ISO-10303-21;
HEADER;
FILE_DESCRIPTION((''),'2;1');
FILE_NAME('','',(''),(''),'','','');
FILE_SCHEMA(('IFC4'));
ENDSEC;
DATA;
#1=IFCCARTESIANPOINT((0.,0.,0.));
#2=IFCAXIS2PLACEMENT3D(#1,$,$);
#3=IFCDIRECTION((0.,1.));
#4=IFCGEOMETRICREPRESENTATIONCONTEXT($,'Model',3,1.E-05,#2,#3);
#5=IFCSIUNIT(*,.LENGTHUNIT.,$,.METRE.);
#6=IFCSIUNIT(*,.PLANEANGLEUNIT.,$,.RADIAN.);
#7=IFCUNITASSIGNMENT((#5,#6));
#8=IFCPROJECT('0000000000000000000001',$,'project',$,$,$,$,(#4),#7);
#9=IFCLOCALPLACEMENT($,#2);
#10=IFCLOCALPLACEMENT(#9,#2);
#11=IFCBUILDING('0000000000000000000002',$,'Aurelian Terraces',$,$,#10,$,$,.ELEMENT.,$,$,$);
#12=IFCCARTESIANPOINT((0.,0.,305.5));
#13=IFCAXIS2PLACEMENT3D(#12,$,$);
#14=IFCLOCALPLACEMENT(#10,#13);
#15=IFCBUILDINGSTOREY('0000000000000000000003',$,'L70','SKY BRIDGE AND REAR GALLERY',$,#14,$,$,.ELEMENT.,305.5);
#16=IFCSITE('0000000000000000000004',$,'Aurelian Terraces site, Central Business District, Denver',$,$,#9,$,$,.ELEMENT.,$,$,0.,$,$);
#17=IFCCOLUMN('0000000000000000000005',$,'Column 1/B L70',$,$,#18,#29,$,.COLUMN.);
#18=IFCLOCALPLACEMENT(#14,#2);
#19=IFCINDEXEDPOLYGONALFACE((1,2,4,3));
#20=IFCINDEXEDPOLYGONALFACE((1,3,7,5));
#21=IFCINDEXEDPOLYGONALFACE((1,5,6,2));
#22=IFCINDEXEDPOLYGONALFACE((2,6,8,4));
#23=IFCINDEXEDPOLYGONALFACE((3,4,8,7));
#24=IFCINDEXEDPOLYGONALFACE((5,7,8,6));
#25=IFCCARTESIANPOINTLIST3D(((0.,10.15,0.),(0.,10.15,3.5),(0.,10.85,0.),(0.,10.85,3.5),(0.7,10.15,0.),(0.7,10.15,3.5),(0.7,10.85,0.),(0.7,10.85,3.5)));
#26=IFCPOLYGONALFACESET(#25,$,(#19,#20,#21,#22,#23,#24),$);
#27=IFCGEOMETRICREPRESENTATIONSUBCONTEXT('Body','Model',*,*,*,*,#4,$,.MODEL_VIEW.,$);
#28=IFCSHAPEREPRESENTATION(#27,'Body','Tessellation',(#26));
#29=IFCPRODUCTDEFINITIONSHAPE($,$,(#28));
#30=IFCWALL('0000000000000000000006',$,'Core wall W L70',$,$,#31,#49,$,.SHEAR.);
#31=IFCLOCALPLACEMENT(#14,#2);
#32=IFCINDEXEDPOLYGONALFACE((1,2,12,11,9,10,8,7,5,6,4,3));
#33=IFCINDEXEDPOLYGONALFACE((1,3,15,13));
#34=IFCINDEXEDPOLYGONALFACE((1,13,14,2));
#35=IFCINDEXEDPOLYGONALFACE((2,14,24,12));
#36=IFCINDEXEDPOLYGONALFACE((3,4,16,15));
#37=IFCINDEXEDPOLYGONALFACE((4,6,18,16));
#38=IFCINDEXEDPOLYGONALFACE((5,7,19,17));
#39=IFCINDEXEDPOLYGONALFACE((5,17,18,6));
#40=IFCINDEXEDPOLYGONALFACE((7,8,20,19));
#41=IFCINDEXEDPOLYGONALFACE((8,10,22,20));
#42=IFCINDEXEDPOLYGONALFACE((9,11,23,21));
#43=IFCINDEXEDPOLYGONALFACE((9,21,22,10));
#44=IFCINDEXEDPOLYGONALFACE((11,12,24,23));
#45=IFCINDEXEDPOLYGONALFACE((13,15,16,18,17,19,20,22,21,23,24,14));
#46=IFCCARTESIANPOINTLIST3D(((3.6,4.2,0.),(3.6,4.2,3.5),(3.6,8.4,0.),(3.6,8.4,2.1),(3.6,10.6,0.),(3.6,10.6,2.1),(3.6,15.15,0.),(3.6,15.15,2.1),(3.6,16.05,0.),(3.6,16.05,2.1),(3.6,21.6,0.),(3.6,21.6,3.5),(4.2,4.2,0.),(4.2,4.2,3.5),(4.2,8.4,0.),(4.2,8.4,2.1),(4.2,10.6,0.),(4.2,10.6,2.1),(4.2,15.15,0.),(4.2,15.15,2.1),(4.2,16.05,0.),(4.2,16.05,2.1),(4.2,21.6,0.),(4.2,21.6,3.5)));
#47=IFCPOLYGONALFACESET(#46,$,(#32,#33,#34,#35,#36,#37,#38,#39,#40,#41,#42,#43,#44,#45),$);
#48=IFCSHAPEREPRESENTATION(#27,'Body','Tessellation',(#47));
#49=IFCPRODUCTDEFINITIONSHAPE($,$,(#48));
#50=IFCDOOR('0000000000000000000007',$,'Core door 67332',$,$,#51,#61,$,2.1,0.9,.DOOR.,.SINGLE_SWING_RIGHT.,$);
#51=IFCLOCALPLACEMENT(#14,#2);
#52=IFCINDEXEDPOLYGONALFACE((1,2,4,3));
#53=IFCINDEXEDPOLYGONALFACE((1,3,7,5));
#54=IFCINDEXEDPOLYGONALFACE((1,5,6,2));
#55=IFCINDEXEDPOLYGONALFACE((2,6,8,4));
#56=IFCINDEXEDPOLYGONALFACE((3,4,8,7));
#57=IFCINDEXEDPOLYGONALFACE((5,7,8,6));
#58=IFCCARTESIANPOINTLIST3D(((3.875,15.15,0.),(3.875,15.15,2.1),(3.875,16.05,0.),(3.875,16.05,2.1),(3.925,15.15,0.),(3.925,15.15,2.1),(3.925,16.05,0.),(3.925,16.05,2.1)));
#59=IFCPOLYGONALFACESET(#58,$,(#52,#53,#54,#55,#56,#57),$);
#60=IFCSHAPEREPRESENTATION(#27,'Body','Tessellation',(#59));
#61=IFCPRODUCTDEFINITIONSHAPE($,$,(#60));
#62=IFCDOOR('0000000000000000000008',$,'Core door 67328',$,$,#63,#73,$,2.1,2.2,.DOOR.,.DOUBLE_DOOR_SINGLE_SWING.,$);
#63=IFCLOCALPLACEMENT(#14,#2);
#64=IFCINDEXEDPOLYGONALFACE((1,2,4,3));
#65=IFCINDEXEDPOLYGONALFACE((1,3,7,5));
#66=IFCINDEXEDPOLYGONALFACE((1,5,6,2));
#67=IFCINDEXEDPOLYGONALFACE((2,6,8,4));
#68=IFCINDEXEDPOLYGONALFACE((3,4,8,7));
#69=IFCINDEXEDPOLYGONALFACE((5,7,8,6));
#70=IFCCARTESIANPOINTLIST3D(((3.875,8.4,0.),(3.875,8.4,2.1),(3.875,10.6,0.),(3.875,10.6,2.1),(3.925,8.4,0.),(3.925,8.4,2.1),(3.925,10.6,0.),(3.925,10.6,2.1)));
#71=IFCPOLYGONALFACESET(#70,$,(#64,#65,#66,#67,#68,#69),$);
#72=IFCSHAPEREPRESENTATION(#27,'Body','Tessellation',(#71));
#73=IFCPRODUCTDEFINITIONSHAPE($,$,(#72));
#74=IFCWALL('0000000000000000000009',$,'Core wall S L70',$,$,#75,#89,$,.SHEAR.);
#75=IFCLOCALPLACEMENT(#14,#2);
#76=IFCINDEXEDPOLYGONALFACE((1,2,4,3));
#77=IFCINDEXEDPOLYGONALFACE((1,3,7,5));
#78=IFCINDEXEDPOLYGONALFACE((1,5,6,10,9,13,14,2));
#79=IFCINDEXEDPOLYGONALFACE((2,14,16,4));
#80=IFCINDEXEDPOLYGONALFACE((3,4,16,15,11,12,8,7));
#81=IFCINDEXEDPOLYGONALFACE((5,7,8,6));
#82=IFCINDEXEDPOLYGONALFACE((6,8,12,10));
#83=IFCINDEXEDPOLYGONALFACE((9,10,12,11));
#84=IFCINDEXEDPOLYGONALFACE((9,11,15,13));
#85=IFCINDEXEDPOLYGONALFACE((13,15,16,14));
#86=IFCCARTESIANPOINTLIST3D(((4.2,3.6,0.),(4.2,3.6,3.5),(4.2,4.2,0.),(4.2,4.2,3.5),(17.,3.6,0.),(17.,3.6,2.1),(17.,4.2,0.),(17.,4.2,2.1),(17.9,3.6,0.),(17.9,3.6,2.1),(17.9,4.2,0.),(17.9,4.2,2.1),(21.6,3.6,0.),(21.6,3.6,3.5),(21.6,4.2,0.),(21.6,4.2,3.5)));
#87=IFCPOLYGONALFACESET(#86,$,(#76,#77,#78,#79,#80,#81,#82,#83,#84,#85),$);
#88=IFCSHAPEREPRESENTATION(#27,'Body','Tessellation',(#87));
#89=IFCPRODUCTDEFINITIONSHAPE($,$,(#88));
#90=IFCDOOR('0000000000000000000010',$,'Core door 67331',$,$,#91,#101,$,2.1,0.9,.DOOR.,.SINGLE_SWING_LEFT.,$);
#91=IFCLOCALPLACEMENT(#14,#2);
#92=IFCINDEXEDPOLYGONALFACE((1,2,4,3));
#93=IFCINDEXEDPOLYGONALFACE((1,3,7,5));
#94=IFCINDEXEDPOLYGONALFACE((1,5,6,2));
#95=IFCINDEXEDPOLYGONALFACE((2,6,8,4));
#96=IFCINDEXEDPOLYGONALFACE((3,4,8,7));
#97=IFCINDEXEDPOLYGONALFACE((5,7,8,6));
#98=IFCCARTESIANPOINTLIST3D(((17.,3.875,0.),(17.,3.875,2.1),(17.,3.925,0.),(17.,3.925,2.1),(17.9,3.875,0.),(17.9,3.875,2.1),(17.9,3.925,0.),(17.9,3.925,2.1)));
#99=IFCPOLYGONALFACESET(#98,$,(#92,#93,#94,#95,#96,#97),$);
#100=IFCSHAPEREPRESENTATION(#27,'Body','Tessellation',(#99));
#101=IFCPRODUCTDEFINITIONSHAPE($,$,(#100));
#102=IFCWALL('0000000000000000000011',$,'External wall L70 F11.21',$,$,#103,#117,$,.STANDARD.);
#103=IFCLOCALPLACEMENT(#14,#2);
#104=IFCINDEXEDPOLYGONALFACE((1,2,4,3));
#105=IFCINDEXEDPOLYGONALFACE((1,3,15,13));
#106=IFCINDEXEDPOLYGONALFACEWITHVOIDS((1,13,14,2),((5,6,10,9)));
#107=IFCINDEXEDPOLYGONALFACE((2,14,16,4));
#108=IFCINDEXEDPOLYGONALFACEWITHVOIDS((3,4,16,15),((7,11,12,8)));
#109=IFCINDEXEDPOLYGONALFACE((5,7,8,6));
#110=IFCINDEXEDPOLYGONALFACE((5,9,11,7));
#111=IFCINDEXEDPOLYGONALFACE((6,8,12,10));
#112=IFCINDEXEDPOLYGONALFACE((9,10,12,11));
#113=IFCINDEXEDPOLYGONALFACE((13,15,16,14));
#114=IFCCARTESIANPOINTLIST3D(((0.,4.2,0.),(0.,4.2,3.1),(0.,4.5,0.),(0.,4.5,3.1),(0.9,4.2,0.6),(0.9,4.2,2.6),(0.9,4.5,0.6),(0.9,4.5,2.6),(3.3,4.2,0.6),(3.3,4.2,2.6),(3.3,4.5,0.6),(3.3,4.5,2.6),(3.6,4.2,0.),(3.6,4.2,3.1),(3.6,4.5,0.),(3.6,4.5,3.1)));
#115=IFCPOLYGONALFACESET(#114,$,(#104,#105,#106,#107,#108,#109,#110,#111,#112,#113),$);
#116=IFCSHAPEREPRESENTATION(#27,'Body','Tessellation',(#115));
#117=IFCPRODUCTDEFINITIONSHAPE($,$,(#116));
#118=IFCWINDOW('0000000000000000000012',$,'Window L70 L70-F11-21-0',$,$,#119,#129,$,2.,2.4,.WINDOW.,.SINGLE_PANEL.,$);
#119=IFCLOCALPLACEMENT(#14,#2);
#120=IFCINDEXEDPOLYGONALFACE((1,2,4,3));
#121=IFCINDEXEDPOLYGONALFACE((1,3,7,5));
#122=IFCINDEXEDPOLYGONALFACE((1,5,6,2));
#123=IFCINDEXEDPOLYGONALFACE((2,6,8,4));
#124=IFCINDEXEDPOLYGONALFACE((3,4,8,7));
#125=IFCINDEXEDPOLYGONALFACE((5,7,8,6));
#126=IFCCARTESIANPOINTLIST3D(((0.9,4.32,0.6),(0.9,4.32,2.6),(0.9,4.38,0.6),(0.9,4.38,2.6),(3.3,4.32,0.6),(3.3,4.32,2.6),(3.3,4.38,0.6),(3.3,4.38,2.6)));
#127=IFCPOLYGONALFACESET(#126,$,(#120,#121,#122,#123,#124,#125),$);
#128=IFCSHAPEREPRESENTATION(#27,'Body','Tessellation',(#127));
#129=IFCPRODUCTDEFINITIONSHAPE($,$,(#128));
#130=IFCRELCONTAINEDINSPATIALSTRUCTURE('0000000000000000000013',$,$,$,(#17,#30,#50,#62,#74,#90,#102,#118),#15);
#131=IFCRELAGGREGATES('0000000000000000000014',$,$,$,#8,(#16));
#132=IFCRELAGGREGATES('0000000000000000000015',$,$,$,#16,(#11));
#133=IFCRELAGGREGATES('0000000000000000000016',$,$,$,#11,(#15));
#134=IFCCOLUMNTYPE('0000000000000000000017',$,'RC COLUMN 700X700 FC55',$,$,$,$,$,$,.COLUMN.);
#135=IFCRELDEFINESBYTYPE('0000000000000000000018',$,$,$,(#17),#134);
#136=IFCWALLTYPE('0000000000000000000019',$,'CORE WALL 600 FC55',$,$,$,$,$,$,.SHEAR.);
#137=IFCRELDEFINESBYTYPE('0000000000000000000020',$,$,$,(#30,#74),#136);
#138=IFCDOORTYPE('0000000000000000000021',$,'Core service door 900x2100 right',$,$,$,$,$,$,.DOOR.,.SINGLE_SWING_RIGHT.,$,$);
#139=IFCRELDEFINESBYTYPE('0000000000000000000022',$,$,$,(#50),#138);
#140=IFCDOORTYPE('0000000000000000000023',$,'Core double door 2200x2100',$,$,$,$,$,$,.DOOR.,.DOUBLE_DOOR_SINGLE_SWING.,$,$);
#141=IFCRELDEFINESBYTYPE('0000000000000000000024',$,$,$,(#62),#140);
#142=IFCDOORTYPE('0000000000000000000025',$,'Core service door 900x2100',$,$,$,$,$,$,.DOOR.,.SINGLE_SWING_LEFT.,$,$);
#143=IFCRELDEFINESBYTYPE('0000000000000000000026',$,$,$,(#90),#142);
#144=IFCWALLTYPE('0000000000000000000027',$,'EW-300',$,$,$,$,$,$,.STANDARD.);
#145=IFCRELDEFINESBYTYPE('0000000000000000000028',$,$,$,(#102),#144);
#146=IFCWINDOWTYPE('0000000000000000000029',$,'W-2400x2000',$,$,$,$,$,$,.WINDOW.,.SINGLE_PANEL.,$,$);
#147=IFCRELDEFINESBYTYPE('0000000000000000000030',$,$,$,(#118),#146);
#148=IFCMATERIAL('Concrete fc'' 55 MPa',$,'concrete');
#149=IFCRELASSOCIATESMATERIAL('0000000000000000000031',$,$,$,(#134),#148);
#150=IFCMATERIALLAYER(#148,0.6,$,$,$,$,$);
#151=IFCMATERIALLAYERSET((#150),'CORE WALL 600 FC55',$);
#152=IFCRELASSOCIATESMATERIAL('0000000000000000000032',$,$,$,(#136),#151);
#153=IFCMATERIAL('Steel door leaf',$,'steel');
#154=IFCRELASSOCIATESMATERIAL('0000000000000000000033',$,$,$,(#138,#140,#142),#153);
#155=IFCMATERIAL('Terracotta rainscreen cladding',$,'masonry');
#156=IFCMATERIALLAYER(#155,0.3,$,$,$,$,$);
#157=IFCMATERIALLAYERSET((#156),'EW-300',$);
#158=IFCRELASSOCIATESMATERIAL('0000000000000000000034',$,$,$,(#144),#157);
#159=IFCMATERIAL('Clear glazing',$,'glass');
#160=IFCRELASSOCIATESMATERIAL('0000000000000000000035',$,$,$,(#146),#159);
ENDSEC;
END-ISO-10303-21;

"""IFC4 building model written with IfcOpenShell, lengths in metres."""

from ifc_helpers import new_model, si_unit, direction, frame, frame_2d, origin, origin_2d, place, context, subcontext, project, spatial, rectangle, extrude, source, transform, mapped, material, layer, layer_set, material_profile, profile_set, type_object, element, fill, save


model = new_model("IFC4")

# Units and contexts
model_context = context("Model", 3, precision=1e-05, world=origin(), true_north=direction((0.0, 1.0)))
body_context = subcontext(model_context, "Body", "Model", "MODEL_VIEW")
ifc_project = project(units=[si_unit("LENGTHUNIT", "METRE"), si_unit("PLANEANGLEUNIT", "RADIAN")], contexts=[model_context])

# Site, building, storey
site_placement = place(None, origin())
site = spatial("IfcSite", under=ifc_project, at=site_placement, Name="Aurelian Terraces site, Central Business District, Denver", CompositionType="ELEMENT", RefElevation=0.0)
building_placement = place(site_placement, origin())
building = spatial("IfcBuilding", under=site, at=building_placement, Name="Aurelian Terraces", CompositionType="ELEMENT")
storey_placement = place(building_placement, frame((0.0, 0.0, 305.5)))
storey = spatial("IfcBuildingStorey", under=building, at=storey_placement, Name="L70", Description="SKY BRIDGE AND REAR GALLERY", CompositionType="ELEMENT", Elevation=305.5)

# Column
ifc_material_1 = material(Name="Concrete fc' 55 MPa", Category="concrete")
ifc_material_profile = material_profile(ifc_material_1, rectangle(XDim=0.7, YDim=0.7, at=origin_2d()))
ifc_profile_set = profile_set([ifc_material_profile], Name="Concrete fc' 55 MPa")
column_type = type_object("IfcColumnType", Name="RC COLUMN 700X700 FC55", PredefinedType="COLUMN", material=ifc_profile_set)
shared_shape_1 = source(origin(), body_context, "Body", "SweptSolid", [
    extrude(rectangle(XDim=0.7, YDim=0.7, at=origin_2d()), origin(), (0.0, 0.0, 1.0), 3.5),
])
column_placement = place(storey_placement, frame((0.35, 10.5, 0.0), z_axis=(0.0, 0.0, 1.0), x_axis=(1.0, 0.0, 0.0)))
element("IfcColumn", 1, at=column_placement, inside=storey, type_object=column_type, Name="Column 1/B L70", PredefinedType="COLUMN", context=body_context, shape_type="MappedRepresentation", body=[
    mapped(shared_shape_1, transform((0.0, 0.0, 0.0), scale=1.0)),
])

# Wall, openings, doors
ifc_layer_1 = layer(ifc_material_1, 0.6)
ifc_layer_set_1 = layer_set([ifc_layer_1], Name="CORE WALL 600 FC55")
wall_type_1 = type_object("IfcWallType", Name="CORE WALL 600 FC55", PredefinedType="SHEAR", material=ifc_layer_set_1)
shared_shape_2 = source(origin(), body_context, "Body", "SweptSolid", [
    extrude(rectangle(XDim=17.4, YDim=0.6, at=frame_2d((8.7, 0.0))), origin(), (0.0, 0.0, 1.0), 3.5),
])
wall_1_placement = place(storey_placement, frame((3.9, 4.2, 0.0), z_axis=(0.0, 0.0, 1.0), x_axis=(0.0, 1.0, 0.0)))
wall_1 = element("IfcWall", 2, at=wall_1_placement, inside=storey, type_object=wall_type_1, Name="Core wall W L70", PredefinedType="SHEAR", context=body_context, shape_type="MappedRepresentation", body=[
    mapped(shared_shape_2, transform((0.0, 0.0, 0.0), scale=1.0)),
])
shared_shape_3 = source(origin(), body_context, "Body", "SweptSolid", [
    extrude(rectangle(XDim=2.2, YDim=2.1, at=frame_2d((1.1, 1.05))), frame((0.0, 0.31, 0.0), z_axis=(0.0, -1.0, 0.0), x_axis=(1.0, 0.0, 0.0)), (0.0, 0.0, 1.0), 0.62),
])
opening_1_placement = place(wall_1_placement, frame((4.2, 0.0, 0.0)))
opening_1 = element("IfcOpeningElement", 3, at=opening_1_placement, cuts=wall_1, PredefinedType="OPENING", context=body_context, shape_type="MappedRepresentation", body=[
    mapped(shared_shape_3, transform((0.0, 0.0, 0.0), scale=1.0)),
])
shared_shape_4 = source(origin(), body_context, "Body", "SweptSolid", [
    extrude(rectangle(XDim=0.9, YDim=2.1, at=frame_2d((0.45, 1.05))), frame((0.0, 0.31, 0.0), z_axis=(0.0, -1.0, 0.0), x_axis=(1.0, 0.0, 0.0)), (0.0, 0.0, 1.0), 0.62),
])
opening_2_placement = place(wall_1_placement, frame((10.95, 0.0, 0.0)))
opening_2 = element("IfcOpeningElement", 4, at=opening_2_placement, cuts=wall_1, PredefinedType="OPENING", context=body_context, shape_type="MappedRepresentation", body=[
    mapped(shared_shape_4, transform((0.0, 0.0, 0.0), scale=1.0)),
])
ifc_material_2 = material(Name="Steel door leaf", Category="steel")
door_type_1 = type_object("IfcDoorType", Name="Core service door 900x2100 right", OperationType="SINGLE_SWING_RIGHT", PredefinedType="DOOR", material=ifc_material_2)
shared_shape_5 = source(origin(), body_context, "Body", "SweptSolid", [
    extrude(rectangle(XDim=0.9, YDim=2.1, at=frame_2d((0.45, 1.05))), frame((0.0, 0.025, 0.0), z_axis=(0.0, -1.0, 0.0), x_axis=(1.0, 0.0, 0.0)), (0.0, 0.0, 1.0), 0.05),
])
door_1_placement = place(opening_2_placement, origin())
door_1 = element("IfcDoor", 5, at=door_1_placement, inside=storey, type_object=door_type_1, Name="Core door 67332", OperationType="SINGLE_SWING_RIGHT", OverallHeight=2.1, OverallWidth=0.9, PredefinedType="DOOR", context=body_context, shape_type="MappedRepresentation", body=[
    mapped(shared_shape_5, transform((0.0, 0.0, 0.0), scale=1.0)),
])
fill(opening_2, door_1)
door_type_2 = type_object("IfcDoorType", Name="Core double door 2200x2100", OperationType="DOUBLE_DOOR_SINGLE_SWING", PredefinedType="DOOR", material=ifc_material_2)
shared_shape_6 = source(origin(), body_context, "Body", "SweptSolid", [
    extrude(rectangle(XDim=2.2, YDim=2.1, at=frame_2d((1.1, 1.05))), frame((0.0, 0.025, 0.0), z_axis=(0.0, -1.0, 0.0), x_axis=(1.0, 0.0, 0.0)), (0.0, 0.0, 1.0), 0.05),
])
door_2_placement = place(opening_1_placement, origin())
door_2 = element("IfcDoor", 6, at=door_2_placement, inside=storey, type_object=door_type_2, Name="Core door 67328", OperationType="DOUBLE_DOOR_SINGLE_SWING", OverallHeight=2.1, OverallWidth=2.2, PredefinedType="DOOR", context=body_context, shape_type="MappedRepresentation", body=[
    mapped(shared_shape_6, transform((0.0, 0.0, 0.0), scale=1.0)),
])
fill(opening_1, door_2)

# Wall, opening, door
wall_2_placement = place(storey_placement, frame((4.2, 3.9, 0.0), z_axis=(0.0, 0.0, 1.0), x_axis=(1.0, 0.0, 0.0)))
wall_2 = element("IfcWall", 7, at=wall_2_placement, inside=storey, type_object=wall_type_1, Name="Core wall S L70", PredefinedType="SHEAR", context=body_context, shape_type="MappedRepresentation", body=[
    mapped(shared_shape_2, transform((0.0, 0.0, 0.0), scale=1.0)),
])
opening_3_placement = place(wall_2_placement, frame((12.8, 0.0, 0.0)))
opening_3 = element("IfcOpeningElement", 8, at=opening_3_placement, cuts=wall_2, PredefinedType="OPENING", context=body_context, shape_type="MappedRepresentation", body=[
    mapped(shared_shape_4, transform((0.0, 0.0, 0.0), scale=1.0)),
])
door_type_3 = type_object("IfcDoorType", Name="Core service door 900x2100", OperationType="SINGLE_SWING_LEFT", PredefinedType="DOOR", material=ifc_material_2)
door_3_placement = place(opening_3_placement, origin())
door_3 = element("IfcDoor", 9, at=door_3_placement, inside=storey, type_object=door_type_3, Name="Core door 67331", OperationType="SINGLE_SWING_LEFT", OverallHeight=2.1, OverallWidth=0.9, PredefinedType="DOOR", context=body_context, shape_type="MappedRepresentation", body=[
    mapped(shared_shape_5, transform((0.0, 0.0, 0.0), scale=1.0)),
])
fill(opening_3, door_3)

# Wall, opening, window
ifc_material_3 = material(Name="Terracotta rainscreen cladding", Category="masonry")
ifc_layer_2 = layer(ifc_material_3, 0.3)
ifc_layer_set_2 = layer_set([ifc_layer_2], Name="EW-300")
wall_type_2 = type_object("IfcWallType", Name="EW-300", PredefinedType="STANDARD", material=ifc_layer_set_2)
shared_shape_7 = source(origin(), body_context, "Body", "SweptSolid", [
    extrude(rectangle(XDim=3.6, YDim=0.3, at=frame_2d((1.8, 0.0))), origin(), (0.0, 0.0, 1.0), 3.1),
])
wall_3_placement = place(storey_placement, frame((0.0, 4.35, 0.0), z_axis=(0.0, 0.0, 1.0), x_axis=(1.0, 0.0, 0.0)))
wall_3 = element("IfcWall", 10, at=wall_3_placement, inside=storey, type_object=wall_type_2, Name="External wall L70 F11.21", PredefinedType="STANDARD", context=body_context, shape_type="MappedRepresentation", body=[
    mapped(shared_shape_7, transform((0.0, 0.0, 0.0), scale=1.0)),
])
shared_shape_8 = source(origin(), body_context, "Body", "SweptSolid", [
    extrude(rectangle(XDim=2.4, YDim=2.0, at=frame_2d((1.2, 1.0))), frame((0.0, 0.16, 0.0), z_axis=(0.0, -1.0, 0.0), x_axis=(1.0, 0.0, 0.0)), (0.0, 0.0, 1.0), 0.32),
])
opening_4_placement = place(wall_3_placement, frame((0.9, 0.0, 0.6)))
opening_4 = element("IfcOpeningElement", 11, at=opening_4_placement, cuts=wall_3, PredefinedType="OPENING", context=body_context, shape_type="MappedRepresentation", body=[
    mapped(shared_shape_8, transform((0.0, 0.0, 0.0), scale=1.0)),
])
ifc_material_4 = material(Name="Clear glazing", Category="glass")
window_type_1 = type_object("IfcWindowType", Name="W-2400x2000", PartitioningType="SINGLE_PANEL", PredefinedType="WINDOW", material=ifc_material_4)
shared_shape_9 = source(origin(), body_context, "Body", "SweptSolid", [
    extrude(rectangle(XDim=2.4, YDim=2.0, at=frame_2d((1.2, 1.0))), frame((0.0, 0.03, 0.0), z_axis=(0.0, -1.0, 0.0), x_axis=(1.0, 0.0, 0.0)), (0.0, 0.0, 1.0), 0.06),
])
window_1_placement = place(opening_4_placement, origin())
window_1 = element("IfcWindow", 12, at=window_1_placement, inside=storey, type_object=window_type_1, Name="Window L70 L70-F11-21-0", OverallHeight=2.0, OverallWidth=2.4, PartitioningType="SINGLE_PANEL", PredefinedType="WINDOW", context=body_context, shape_type="MappedRepresentation", body=[
    mapped(shared_shape_9, transform((0.0, 0.0, 0.0), scale=1.0)),
])
fill(opening_4, window_1)

save(model, "model.ifc")
